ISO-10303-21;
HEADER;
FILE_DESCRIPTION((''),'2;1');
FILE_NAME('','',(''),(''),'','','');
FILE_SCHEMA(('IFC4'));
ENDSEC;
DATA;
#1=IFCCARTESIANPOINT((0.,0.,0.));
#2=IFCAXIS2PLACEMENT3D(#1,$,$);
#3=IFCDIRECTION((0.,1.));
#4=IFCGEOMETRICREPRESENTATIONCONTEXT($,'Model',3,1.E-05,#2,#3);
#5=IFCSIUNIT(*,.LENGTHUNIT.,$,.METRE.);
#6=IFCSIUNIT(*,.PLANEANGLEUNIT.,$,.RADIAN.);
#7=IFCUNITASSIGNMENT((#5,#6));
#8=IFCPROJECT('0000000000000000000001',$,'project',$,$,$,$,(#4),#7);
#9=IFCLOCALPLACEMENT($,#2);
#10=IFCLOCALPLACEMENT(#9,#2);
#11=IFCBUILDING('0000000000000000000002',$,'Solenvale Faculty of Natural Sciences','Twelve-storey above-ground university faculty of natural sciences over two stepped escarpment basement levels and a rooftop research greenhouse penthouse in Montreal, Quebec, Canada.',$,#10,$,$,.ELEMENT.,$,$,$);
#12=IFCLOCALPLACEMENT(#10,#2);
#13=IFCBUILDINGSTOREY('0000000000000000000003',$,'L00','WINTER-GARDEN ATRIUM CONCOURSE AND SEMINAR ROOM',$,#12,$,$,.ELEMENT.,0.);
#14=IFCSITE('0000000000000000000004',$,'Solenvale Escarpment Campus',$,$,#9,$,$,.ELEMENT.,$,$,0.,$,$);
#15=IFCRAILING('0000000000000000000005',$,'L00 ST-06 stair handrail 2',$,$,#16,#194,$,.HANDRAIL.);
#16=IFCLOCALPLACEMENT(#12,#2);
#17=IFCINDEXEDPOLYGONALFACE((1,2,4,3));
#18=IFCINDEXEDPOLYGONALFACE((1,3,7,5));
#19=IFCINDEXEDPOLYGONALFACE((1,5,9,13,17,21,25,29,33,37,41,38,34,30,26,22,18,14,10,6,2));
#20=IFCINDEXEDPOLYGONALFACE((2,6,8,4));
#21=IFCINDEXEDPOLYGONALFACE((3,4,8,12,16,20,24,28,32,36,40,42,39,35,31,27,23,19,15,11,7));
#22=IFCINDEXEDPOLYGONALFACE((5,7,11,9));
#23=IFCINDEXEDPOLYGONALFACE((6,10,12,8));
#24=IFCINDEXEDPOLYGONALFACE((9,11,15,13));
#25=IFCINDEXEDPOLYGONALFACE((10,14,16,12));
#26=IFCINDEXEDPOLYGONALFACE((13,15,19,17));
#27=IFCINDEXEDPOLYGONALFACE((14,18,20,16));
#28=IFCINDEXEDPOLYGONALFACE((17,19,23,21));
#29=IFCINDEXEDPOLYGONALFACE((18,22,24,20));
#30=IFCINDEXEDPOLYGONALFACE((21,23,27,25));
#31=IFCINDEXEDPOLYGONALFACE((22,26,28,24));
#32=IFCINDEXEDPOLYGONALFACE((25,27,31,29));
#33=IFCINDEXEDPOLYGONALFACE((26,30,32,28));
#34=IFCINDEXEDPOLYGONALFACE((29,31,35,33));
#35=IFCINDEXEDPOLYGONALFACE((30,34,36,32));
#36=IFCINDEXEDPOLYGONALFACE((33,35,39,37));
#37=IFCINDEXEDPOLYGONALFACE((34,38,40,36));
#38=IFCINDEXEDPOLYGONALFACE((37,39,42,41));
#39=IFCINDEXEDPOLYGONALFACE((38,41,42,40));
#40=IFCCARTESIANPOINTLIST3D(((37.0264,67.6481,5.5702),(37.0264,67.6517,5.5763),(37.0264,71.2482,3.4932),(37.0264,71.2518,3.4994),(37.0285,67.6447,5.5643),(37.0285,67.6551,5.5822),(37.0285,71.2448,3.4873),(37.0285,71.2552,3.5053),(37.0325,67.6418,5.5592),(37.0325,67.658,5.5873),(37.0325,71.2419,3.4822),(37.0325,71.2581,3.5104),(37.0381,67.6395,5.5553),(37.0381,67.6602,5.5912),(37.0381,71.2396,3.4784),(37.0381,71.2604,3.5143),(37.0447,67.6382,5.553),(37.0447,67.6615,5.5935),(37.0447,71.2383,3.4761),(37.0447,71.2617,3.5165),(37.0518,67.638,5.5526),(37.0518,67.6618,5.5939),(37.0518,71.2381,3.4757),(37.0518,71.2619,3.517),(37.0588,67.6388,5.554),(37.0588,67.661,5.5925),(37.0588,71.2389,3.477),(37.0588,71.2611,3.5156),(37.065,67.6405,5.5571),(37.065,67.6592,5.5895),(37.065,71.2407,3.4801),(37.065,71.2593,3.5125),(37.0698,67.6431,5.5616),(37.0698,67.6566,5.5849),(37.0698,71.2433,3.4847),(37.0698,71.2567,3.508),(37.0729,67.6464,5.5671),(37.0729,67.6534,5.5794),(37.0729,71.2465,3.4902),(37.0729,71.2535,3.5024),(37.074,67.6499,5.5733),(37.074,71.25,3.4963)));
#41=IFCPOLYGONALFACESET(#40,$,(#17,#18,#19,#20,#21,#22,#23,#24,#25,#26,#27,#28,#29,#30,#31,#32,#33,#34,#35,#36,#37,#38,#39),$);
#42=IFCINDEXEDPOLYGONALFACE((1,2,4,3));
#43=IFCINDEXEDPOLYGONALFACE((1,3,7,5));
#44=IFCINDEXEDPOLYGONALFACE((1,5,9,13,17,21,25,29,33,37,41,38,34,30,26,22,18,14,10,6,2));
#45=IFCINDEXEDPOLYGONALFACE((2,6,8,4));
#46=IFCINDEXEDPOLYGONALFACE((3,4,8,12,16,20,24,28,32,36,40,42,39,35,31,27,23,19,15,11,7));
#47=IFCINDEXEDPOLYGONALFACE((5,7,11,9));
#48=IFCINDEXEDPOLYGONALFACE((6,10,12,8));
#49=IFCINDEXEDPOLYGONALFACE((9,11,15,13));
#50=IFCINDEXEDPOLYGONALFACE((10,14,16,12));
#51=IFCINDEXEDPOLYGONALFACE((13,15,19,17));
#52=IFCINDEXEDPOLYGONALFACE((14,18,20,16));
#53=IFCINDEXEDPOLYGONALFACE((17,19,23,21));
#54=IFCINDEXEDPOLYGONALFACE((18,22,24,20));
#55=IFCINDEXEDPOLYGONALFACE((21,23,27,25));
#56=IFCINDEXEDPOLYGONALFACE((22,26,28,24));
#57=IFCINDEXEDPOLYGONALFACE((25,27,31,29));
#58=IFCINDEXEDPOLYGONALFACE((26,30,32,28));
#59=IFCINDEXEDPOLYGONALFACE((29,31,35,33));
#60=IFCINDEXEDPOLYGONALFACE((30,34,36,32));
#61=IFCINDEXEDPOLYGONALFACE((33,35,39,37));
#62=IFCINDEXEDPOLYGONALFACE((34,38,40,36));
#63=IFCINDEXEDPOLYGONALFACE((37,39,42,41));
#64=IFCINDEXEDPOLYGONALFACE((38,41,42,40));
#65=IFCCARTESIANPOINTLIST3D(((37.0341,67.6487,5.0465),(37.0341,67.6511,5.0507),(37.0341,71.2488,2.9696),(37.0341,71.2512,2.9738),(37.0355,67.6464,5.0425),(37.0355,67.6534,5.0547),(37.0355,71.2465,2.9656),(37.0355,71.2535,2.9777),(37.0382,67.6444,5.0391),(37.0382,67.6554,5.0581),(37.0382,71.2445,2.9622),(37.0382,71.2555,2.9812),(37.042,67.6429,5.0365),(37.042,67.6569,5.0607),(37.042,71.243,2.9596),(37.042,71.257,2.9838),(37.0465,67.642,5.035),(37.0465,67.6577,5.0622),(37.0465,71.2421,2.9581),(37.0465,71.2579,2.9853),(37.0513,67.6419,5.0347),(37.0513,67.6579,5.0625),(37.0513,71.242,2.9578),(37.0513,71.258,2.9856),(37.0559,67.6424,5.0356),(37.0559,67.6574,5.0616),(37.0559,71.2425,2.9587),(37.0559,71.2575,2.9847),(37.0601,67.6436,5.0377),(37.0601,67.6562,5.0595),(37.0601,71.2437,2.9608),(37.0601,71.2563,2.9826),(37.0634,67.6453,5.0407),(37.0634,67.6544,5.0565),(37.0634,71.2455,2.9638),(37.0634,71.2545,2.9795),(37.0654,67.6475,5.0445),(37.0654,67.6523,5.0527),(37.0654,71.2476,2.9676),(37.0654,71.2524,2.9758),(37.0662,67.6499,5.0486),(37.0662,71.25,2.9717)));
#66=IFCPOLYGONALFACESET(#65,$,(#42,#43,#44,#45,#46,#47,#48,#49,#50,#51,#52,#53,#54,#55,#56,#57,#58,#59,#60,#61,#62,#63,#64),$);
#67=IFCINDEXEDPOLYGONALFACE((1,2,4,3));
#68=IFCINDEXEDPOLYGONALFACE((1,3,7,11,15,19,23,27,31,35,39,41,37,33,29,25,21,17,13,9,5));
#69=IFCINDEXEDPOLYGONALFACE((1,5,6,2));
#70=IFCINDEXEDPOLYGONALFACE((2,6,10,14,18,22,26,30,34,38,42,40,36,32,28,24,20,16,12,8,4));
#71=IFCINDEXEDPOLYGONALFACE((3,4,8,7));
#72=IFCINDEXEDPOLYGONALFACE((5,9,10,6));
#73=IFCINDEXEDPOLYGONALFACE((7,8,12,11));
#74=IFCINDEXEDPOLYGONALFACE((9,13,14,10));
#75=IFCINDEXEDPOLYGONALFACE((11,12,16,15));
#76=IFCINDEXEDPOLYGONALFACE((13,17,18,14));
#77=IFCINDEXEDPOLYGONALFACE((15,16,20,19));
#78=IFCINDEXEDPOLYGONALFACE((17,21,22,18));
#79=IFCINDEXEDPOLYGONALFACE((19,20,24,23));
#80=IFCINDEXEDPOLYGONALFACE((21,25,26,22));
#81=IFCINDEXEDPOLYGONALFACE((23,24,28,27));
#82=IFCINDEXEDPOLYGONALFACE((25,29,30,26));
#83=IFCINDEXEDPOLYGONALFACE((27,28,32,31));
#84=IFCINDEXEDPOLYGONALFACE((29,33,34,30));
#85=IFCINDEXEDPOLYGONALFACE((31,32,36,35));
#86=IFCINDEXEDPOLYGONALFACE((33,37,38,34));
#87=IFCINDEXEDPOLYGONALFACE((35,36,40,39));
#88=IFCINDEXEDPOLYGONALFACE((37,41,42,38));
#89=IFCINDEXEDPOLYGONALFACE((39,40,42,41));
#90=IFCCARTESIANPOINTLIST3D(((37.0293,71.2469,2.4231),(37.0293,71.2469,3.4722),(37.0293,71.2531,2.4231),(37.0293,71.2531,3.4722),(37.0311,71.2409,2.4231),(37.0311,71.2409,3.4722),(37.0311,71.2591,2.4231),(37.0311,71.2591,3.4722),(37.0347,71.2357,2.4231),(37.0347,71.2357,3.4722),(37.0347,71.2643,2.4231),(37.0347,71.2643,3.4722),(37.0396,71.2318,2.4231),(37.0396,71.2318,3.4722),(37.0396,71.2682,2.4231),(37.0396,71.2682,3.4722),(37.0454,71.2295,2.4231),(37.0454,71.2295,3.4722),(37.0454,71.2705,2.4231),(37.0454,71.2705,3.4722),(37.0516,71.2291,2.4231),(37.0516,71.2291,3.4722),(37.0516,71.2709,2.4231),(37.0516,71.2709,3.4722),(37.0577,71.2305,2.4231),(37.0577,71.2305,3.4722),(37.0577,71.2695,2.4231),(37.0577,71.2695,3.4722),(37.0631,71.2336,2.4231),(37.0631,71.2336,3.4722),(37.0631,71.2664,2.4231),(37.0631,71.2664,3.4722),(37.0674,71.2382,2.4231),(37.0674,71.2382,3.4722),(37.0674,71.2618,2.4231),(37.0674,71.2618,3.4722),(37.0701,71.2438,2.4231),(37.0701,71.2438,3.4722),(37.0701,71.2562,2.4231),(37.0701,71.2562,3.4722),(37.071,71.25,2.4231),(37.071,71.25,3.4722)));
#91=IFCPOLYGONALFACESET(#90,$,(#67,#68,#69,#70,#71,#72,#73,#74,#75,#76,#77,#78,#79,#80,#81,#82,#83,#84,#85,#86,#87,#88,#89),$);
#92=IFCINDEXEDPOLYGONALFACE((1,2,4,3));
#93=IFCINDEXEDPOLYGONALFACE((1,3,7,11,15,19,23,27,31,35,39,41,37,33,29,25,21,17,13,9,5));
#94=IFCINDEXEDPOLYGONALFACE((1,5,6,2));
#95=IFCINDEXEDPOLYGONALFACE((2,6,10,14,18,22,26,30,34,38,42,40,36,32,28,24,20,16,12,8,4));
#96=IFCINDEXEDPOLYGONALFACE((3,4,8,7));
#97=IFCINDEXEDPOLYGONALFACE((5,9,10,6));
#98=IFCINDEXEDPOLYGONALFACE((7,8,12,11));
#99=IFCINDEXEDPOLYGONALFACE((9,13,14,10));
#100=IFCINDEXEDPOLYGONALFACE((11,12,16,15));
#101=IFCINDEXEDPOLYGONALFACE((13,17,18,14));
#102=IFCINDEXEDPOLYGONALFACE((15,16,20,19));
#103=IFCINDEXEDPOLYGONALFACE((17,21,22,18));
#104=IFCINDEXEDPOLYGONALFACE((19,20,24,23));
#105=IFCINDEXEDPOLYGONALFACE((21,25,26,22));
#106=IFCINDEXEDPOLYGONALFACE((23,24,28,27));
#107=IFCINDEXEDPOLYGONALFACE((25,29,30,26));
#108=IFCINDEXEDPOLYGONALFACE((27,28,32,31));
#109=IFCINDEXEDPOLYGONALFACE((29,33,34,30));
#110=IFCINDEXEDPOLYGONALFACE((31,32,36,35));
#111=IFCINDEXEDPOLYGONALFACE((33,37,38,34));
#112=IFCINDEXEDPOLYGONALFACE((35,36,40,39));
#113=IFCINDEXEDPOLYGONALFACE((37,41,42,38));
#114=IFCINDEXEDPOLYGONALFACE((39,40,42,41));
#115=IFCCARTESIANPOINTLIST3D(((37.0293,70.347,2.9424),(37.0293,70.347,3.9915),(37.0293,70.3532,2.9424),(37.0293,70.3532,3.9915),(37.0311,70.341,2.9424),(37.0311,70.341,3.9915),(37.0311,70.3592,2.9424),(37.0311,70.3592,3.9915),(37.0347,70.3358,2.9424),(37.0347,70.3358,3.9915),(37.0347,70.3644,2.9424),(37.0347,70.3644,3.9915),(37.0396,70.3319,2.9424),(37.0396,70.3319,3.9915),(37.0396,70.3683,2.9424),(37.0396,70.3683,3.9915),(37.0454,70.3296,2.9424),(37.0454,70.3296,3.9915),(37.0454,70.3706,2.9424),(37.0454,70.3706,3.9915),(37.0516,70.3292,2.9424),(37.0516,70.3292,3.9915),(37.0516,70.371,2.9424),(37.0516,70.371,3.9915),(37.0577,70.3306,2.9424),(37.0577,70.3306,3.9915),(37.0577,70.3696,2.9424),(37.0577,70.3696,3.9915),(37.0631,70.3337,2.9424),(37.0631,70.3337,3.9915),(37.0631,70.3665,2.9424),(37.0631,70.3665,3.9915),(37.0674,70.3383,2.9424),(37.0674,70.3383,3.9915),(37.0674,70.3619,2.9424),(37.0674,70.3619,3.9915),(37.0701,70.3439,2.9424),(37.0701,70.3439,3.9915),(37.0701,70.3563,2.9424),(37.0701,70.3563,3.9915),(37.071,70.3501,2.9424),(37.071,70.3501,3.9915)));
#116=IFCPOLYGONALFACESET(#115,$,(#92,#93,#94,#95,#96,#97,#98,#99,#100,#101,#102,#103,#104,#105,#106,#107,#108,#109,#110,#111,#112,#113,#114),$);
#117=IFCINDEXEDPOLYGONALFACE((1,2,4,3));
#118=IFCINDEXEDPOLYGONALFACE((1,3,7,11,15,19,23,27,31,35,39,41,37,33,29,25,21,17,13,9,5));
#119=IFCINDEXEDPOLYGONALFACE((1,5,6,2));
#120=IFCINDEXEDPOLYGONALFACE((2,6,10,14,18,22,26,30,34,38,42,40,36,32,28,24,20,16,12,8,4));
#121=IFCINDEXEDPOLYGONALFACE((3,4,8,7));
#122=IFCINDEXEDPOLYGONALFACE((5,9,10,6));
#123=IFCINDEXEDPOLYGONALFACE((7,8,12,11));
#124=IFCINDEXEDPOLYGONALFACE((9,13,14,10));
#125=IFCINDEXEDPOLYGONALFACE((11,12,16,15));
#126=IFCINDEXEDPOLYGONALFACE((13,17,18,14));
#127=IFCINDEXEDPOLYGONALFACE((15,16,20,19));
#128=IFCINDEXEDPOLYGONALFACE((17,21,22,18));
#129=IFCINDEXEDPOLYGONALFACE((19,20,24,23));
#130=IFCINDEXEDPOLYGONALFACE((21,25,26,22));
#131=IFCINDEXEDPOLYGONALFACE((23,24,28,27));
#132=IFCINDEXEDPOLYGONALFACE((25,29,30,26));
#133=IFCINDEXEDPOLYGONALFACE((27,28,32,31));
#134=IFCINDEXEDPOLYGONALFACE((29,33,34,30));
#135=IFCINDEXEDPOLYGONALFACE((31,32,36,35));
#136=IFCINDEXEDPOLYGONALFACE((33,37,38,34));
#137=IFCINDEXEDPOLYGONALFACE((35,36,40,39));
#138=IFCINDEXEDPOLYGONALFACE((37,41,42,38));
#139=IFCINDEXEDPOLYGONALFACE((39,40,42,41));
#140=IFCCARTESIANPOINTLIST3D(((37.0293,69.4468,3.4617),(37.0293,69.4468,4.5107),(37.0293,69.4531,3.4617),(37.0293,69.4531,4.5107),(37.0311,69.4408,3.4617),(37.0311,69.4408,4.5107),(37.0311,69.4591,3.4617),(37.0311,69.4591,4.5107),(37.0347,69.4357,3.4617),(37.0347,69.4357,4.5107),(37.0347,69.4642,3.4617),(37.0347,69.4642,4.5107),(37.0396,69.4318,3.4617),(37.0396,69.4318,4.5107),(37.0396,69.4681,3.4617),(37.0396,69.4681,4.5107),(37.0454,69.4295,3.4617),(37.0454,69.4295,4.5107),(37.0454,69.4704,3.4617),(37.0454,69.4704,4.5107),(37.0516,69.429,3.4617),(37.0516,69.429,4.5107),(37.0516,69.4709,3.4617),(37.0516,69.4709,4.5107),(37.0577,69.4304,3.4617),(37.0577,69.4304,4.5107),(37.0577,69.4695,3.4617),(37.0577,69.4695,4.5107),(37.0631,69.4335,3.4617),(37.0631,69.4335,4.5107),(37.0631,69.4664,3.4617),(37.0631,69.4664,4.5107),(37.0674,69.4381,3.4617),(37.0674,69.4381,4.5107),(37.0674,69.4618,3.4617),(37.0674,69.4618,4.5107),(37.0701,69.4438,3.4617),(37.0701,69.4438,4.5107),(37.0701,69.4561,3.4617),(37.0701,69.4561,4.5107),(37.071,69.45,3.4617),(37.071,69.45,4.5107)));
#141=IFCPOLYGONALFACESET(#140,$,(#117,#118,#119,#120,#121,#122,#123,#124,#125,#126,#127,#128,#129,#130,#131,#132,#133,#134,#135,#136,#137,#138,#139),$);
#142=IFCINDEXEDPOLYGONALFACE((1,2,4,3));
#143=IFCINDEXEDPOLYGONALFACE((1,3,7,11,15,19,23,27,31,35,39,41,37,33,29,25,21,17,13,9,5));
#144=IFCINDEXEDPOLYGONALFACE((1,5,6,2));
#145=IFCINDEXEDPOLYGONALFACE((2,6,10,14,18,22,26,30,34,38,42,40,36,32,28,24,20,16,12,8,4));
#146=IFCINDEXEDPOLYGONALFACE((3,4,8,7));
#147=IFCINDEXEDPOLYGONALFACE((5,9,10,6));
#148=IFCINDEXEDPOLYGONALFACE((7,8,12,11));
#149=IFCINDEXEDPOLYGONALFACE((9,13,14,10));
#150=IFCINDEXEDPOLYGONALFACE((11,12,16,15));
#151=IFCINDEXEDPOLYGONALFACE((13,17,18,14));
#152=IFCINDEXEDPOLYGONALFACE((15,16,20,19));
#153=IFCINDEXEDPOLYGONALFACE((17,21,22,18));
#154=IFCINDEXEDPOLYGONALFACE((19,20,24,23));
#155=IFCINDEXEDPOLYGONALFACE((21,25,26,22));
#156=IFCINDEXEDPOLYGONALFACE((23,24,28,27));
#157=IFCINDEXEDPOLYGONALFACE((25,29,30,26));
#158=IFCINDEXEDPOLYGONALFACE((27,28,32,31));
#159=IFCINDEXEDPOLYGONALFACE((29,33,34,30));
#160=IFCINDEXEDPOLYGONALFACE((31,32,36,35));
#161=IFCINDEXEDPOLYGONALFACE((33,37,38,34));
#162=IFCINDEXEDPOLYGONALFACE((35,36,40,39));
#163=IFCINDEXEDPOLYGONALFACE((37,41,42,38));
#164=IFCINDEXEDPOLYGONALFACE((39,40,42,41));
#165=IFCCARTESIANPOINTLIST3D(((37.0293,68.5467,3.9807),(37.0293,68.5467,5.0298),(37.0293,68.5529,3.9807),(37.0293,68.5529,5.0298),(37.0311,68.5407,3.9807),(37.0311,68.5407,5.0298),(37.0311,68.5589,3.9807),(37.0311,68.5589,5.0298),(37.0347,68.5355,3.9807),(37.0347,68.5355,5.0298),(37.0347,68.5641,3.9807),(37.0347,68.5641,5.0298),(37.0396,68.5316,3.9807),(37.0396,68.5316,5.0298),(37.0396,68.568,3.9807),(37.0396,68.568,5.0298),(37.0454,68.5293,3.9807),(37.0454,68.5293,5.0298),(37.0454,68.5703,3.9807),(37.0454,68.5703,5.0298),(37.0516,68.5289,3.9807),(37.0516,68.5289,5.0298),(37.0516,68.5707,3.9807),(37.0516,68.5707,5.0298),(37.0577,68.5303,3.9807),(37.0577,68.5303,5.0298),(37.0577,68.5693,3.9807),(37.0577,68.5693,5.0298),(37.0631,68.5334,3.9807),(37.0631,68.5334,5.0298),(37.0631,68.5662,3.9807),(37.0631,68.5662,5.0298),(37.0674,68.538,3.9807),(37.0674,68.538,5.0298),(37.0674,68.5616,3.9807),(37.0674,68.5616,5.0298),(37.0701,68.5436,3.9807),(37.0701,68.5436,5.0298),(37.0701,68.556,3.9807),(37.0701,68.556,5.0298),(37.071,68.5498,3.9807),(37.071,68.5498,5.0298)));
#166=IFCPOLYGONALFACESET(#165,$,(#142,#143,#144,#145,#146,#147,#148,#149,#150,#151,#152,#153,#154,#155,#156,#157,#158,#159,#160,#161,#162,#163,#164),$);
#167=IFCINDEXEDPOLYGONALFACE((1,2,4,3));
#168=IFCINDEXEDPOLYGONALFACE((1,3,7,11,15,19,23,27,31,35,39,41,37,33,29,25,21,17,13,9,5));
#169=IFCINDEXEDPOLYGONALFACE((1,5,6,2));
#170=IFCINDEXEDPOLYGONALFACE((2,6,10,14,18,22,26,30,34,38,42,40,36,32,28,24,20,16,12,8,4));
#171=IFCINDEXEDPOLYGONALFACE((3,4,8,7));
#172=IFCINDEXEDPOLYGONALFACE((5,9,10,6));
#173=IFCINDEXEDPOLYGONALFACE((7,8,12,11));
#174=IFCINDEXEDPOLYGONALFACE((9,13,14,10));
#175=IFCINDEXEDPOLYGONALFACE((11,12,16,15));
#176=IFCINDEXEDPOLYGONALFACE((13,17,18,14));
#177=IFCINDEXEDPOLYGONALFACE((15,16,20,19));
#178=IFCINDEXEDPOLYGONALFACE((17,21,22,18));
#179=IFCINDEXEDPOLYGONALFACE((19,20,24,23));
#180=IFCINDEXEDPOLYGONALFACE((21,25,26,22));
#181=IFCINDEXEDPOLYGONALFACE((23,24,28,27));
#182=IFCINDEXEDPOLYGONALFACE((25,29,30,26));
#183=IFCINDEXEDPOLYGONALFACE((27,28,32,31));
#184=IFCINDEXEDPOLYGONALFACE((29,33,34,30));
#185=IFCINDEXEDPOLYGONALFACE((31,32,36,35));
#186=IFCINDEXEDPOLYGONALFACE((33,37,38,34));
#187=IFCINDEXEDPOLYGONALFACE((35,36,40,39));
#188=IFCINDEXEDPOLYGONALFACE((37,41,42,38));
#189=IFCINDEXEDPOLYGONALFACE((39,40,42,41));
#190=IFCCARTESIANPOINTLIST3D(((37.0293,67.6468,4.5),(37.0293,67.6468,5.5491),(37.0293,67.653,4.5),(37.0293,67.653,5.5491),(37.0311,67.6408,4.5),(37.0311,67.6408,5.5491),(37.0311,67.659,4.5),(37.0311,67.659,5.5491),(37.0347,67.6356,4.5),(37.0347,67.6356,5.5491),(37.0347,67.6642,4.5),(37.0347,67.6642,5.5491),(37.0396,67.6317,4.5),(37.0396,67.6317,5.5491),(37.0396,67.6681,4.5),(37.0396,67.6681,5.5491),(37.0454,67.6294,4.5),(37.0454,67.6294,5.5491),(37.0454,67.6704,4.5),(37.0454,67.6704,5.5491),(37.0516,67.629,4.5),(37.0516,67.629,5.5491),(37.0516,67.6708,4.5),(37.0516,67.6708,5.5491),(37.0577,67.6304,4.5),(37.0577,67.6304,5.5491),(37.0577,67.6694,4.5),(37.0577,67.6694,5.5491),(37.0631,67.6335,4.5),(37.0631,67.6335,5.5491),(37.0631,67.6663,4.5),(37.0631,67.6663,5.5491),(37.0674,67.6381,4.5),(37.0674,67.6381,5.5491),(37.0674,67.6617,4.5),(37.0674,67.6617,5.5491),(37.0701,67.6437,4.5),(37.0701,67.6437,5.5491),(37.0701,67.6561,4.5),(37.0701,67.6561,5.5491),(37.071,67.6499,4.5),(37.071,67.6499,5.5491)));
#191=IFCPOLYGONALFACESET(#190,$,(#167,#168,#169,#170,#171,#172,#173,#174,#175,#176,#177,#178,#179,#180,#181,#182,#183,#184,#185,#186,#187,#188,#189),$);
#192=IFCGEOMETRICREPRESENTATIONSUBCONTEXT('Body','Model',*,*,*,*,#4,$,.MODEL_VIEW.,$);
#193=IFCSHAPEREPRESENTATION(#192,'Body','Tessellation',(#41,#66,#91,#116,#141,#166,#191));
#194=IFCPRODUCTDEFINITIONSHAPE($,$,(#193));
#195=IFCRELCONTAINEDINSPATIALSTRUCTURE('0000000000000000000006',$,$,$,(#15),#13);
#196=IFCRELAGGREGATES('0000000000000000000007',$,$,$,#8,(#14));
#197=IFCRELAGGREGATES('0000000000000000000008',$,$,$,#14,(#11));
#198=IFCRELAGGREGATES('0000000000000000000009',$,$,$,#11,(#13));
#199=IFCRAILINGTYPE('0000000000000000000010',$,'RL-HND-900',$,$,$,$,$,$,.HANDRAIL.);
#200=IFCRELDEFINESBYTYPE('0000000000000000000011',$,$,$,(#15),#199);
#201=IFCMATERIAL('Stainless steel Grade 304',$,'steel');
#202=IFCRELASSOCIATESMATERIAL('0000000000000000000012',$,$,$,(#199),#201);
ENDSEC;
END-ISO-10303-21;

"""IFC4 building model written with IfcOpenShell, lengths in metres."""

from ifc_helpers import new_model, si_unit, direction, frame, origin, origin_2d, place, context, subcontext, project, spatial, circle, extrude, material, type_object, element, save


model = new_model("IFC4")

# Units and contexts
model_context = context("Model", 3, precision=1e-05, world=origin(), true_north=direction((0.0, 1.0)))
body_context = subcontext(model_context, "Body", "Model", "MODEL_VIEW")
ifc_project = project(units=[si_unit("LENGTHUNIT", "METRE"), si_unit("PLANEANGLEUNIT", "RADIAN")], contexts=[model_context])

# Site, building, storey
site_placement = place(None, origin())
site = spatial("IfcSite", under=ifc_project, at=site_placement, Name="Solenvale Escarpment Campus", CompositionType="ELEMENT", RefElevation=0.0)
building_placement = place(site_placement, origin())
building = spatial("IfcBuilding", under=site, at=building_placement, Name="Solenvale Faculty of Natural Sciences", Description="Twelve-storey above-ground university faculty of natural sciences over two stepped escarpment basement levels and a rooftop research greenhouse penthouse in Montreal, Quebec, Canada.", CompositionType="ELEMENT")
storey_placement = place(building_placement, origin())
storey = spatial("IfcBuildingStorey", under=building, at=storey_placement, Name="L00", Description="WINTER-GARDEN ATRIUM CONCOURSE AND SEMINAR ROOM", CompositionType="ELEMENT", Elevation=0.0)

# Railing
ifc_material_1 = material(Name="Stainless steel Grade 304", Category="steel")
railing_type_1 = type_object("IfcRailingType", Name="RL-HND-900", PredefinedType="HANDRAIL", material=ifc_material_1)
railing_1_placement = place(storey_placement, frame((37.05, 71.25, 2.4231)))
element("IfcRailing", 1, at=railing_1_placement, inside=storey, type_object=railing_type_1, Name="L00 ST-06 stair handrail 2", PredefinedType="HANDRAIL", context=body_context, shape_type="SweptSolid", body=[
    extrude(circle(Radius=0.0239, at=origin_2d()), frame((0.0, 0.0, 1.0732), z_axis=(0.0, -0.866193, 0.499709), x_axis=(1.0, 0.0, 0.0)), (0.0, 0.0, 1.0), 4.1562),
    extrude(circle(Radius=0.0161, at=origin_2d()), frame((0.0, 0.0, 0.5486), z_axis=(0.0, -0.866193, 0.499709), x_axis=(1.0, 0.0, 0.0)), (0.0, 0.0, 1.0), 4.1562),
    extrude(circle(Radius=0.021, at=origin_2d()), origin(), (0.0, 0.0, 1.0), 1.0491),
    extrude(circle(Radius=0.021, at=origin_2d()), frame((0.0, -0.8999, 0.5193)), (0.0, 0.0, 1.0), 1.0491),
    extrude(circle(Radius=0.021, at=origin_2d()), frame((0.0, -1.8, 1.0386)), (0.0, 0.0, 1.0), 1.0491),
    extrude(circle(Radius=0.021, at=origin_2d()), frame((0.0, -2.7002, 1.5576)), (0.0, 0.0, 1.0), 1.0491),
    extrude(circle(Radius=0.021, at=origin_2d()), frame((0.0, -3.6001, 2.0769)), (0.0, 0.0, 1.0), 1.0491),
])

save(model, "model.ifc")
